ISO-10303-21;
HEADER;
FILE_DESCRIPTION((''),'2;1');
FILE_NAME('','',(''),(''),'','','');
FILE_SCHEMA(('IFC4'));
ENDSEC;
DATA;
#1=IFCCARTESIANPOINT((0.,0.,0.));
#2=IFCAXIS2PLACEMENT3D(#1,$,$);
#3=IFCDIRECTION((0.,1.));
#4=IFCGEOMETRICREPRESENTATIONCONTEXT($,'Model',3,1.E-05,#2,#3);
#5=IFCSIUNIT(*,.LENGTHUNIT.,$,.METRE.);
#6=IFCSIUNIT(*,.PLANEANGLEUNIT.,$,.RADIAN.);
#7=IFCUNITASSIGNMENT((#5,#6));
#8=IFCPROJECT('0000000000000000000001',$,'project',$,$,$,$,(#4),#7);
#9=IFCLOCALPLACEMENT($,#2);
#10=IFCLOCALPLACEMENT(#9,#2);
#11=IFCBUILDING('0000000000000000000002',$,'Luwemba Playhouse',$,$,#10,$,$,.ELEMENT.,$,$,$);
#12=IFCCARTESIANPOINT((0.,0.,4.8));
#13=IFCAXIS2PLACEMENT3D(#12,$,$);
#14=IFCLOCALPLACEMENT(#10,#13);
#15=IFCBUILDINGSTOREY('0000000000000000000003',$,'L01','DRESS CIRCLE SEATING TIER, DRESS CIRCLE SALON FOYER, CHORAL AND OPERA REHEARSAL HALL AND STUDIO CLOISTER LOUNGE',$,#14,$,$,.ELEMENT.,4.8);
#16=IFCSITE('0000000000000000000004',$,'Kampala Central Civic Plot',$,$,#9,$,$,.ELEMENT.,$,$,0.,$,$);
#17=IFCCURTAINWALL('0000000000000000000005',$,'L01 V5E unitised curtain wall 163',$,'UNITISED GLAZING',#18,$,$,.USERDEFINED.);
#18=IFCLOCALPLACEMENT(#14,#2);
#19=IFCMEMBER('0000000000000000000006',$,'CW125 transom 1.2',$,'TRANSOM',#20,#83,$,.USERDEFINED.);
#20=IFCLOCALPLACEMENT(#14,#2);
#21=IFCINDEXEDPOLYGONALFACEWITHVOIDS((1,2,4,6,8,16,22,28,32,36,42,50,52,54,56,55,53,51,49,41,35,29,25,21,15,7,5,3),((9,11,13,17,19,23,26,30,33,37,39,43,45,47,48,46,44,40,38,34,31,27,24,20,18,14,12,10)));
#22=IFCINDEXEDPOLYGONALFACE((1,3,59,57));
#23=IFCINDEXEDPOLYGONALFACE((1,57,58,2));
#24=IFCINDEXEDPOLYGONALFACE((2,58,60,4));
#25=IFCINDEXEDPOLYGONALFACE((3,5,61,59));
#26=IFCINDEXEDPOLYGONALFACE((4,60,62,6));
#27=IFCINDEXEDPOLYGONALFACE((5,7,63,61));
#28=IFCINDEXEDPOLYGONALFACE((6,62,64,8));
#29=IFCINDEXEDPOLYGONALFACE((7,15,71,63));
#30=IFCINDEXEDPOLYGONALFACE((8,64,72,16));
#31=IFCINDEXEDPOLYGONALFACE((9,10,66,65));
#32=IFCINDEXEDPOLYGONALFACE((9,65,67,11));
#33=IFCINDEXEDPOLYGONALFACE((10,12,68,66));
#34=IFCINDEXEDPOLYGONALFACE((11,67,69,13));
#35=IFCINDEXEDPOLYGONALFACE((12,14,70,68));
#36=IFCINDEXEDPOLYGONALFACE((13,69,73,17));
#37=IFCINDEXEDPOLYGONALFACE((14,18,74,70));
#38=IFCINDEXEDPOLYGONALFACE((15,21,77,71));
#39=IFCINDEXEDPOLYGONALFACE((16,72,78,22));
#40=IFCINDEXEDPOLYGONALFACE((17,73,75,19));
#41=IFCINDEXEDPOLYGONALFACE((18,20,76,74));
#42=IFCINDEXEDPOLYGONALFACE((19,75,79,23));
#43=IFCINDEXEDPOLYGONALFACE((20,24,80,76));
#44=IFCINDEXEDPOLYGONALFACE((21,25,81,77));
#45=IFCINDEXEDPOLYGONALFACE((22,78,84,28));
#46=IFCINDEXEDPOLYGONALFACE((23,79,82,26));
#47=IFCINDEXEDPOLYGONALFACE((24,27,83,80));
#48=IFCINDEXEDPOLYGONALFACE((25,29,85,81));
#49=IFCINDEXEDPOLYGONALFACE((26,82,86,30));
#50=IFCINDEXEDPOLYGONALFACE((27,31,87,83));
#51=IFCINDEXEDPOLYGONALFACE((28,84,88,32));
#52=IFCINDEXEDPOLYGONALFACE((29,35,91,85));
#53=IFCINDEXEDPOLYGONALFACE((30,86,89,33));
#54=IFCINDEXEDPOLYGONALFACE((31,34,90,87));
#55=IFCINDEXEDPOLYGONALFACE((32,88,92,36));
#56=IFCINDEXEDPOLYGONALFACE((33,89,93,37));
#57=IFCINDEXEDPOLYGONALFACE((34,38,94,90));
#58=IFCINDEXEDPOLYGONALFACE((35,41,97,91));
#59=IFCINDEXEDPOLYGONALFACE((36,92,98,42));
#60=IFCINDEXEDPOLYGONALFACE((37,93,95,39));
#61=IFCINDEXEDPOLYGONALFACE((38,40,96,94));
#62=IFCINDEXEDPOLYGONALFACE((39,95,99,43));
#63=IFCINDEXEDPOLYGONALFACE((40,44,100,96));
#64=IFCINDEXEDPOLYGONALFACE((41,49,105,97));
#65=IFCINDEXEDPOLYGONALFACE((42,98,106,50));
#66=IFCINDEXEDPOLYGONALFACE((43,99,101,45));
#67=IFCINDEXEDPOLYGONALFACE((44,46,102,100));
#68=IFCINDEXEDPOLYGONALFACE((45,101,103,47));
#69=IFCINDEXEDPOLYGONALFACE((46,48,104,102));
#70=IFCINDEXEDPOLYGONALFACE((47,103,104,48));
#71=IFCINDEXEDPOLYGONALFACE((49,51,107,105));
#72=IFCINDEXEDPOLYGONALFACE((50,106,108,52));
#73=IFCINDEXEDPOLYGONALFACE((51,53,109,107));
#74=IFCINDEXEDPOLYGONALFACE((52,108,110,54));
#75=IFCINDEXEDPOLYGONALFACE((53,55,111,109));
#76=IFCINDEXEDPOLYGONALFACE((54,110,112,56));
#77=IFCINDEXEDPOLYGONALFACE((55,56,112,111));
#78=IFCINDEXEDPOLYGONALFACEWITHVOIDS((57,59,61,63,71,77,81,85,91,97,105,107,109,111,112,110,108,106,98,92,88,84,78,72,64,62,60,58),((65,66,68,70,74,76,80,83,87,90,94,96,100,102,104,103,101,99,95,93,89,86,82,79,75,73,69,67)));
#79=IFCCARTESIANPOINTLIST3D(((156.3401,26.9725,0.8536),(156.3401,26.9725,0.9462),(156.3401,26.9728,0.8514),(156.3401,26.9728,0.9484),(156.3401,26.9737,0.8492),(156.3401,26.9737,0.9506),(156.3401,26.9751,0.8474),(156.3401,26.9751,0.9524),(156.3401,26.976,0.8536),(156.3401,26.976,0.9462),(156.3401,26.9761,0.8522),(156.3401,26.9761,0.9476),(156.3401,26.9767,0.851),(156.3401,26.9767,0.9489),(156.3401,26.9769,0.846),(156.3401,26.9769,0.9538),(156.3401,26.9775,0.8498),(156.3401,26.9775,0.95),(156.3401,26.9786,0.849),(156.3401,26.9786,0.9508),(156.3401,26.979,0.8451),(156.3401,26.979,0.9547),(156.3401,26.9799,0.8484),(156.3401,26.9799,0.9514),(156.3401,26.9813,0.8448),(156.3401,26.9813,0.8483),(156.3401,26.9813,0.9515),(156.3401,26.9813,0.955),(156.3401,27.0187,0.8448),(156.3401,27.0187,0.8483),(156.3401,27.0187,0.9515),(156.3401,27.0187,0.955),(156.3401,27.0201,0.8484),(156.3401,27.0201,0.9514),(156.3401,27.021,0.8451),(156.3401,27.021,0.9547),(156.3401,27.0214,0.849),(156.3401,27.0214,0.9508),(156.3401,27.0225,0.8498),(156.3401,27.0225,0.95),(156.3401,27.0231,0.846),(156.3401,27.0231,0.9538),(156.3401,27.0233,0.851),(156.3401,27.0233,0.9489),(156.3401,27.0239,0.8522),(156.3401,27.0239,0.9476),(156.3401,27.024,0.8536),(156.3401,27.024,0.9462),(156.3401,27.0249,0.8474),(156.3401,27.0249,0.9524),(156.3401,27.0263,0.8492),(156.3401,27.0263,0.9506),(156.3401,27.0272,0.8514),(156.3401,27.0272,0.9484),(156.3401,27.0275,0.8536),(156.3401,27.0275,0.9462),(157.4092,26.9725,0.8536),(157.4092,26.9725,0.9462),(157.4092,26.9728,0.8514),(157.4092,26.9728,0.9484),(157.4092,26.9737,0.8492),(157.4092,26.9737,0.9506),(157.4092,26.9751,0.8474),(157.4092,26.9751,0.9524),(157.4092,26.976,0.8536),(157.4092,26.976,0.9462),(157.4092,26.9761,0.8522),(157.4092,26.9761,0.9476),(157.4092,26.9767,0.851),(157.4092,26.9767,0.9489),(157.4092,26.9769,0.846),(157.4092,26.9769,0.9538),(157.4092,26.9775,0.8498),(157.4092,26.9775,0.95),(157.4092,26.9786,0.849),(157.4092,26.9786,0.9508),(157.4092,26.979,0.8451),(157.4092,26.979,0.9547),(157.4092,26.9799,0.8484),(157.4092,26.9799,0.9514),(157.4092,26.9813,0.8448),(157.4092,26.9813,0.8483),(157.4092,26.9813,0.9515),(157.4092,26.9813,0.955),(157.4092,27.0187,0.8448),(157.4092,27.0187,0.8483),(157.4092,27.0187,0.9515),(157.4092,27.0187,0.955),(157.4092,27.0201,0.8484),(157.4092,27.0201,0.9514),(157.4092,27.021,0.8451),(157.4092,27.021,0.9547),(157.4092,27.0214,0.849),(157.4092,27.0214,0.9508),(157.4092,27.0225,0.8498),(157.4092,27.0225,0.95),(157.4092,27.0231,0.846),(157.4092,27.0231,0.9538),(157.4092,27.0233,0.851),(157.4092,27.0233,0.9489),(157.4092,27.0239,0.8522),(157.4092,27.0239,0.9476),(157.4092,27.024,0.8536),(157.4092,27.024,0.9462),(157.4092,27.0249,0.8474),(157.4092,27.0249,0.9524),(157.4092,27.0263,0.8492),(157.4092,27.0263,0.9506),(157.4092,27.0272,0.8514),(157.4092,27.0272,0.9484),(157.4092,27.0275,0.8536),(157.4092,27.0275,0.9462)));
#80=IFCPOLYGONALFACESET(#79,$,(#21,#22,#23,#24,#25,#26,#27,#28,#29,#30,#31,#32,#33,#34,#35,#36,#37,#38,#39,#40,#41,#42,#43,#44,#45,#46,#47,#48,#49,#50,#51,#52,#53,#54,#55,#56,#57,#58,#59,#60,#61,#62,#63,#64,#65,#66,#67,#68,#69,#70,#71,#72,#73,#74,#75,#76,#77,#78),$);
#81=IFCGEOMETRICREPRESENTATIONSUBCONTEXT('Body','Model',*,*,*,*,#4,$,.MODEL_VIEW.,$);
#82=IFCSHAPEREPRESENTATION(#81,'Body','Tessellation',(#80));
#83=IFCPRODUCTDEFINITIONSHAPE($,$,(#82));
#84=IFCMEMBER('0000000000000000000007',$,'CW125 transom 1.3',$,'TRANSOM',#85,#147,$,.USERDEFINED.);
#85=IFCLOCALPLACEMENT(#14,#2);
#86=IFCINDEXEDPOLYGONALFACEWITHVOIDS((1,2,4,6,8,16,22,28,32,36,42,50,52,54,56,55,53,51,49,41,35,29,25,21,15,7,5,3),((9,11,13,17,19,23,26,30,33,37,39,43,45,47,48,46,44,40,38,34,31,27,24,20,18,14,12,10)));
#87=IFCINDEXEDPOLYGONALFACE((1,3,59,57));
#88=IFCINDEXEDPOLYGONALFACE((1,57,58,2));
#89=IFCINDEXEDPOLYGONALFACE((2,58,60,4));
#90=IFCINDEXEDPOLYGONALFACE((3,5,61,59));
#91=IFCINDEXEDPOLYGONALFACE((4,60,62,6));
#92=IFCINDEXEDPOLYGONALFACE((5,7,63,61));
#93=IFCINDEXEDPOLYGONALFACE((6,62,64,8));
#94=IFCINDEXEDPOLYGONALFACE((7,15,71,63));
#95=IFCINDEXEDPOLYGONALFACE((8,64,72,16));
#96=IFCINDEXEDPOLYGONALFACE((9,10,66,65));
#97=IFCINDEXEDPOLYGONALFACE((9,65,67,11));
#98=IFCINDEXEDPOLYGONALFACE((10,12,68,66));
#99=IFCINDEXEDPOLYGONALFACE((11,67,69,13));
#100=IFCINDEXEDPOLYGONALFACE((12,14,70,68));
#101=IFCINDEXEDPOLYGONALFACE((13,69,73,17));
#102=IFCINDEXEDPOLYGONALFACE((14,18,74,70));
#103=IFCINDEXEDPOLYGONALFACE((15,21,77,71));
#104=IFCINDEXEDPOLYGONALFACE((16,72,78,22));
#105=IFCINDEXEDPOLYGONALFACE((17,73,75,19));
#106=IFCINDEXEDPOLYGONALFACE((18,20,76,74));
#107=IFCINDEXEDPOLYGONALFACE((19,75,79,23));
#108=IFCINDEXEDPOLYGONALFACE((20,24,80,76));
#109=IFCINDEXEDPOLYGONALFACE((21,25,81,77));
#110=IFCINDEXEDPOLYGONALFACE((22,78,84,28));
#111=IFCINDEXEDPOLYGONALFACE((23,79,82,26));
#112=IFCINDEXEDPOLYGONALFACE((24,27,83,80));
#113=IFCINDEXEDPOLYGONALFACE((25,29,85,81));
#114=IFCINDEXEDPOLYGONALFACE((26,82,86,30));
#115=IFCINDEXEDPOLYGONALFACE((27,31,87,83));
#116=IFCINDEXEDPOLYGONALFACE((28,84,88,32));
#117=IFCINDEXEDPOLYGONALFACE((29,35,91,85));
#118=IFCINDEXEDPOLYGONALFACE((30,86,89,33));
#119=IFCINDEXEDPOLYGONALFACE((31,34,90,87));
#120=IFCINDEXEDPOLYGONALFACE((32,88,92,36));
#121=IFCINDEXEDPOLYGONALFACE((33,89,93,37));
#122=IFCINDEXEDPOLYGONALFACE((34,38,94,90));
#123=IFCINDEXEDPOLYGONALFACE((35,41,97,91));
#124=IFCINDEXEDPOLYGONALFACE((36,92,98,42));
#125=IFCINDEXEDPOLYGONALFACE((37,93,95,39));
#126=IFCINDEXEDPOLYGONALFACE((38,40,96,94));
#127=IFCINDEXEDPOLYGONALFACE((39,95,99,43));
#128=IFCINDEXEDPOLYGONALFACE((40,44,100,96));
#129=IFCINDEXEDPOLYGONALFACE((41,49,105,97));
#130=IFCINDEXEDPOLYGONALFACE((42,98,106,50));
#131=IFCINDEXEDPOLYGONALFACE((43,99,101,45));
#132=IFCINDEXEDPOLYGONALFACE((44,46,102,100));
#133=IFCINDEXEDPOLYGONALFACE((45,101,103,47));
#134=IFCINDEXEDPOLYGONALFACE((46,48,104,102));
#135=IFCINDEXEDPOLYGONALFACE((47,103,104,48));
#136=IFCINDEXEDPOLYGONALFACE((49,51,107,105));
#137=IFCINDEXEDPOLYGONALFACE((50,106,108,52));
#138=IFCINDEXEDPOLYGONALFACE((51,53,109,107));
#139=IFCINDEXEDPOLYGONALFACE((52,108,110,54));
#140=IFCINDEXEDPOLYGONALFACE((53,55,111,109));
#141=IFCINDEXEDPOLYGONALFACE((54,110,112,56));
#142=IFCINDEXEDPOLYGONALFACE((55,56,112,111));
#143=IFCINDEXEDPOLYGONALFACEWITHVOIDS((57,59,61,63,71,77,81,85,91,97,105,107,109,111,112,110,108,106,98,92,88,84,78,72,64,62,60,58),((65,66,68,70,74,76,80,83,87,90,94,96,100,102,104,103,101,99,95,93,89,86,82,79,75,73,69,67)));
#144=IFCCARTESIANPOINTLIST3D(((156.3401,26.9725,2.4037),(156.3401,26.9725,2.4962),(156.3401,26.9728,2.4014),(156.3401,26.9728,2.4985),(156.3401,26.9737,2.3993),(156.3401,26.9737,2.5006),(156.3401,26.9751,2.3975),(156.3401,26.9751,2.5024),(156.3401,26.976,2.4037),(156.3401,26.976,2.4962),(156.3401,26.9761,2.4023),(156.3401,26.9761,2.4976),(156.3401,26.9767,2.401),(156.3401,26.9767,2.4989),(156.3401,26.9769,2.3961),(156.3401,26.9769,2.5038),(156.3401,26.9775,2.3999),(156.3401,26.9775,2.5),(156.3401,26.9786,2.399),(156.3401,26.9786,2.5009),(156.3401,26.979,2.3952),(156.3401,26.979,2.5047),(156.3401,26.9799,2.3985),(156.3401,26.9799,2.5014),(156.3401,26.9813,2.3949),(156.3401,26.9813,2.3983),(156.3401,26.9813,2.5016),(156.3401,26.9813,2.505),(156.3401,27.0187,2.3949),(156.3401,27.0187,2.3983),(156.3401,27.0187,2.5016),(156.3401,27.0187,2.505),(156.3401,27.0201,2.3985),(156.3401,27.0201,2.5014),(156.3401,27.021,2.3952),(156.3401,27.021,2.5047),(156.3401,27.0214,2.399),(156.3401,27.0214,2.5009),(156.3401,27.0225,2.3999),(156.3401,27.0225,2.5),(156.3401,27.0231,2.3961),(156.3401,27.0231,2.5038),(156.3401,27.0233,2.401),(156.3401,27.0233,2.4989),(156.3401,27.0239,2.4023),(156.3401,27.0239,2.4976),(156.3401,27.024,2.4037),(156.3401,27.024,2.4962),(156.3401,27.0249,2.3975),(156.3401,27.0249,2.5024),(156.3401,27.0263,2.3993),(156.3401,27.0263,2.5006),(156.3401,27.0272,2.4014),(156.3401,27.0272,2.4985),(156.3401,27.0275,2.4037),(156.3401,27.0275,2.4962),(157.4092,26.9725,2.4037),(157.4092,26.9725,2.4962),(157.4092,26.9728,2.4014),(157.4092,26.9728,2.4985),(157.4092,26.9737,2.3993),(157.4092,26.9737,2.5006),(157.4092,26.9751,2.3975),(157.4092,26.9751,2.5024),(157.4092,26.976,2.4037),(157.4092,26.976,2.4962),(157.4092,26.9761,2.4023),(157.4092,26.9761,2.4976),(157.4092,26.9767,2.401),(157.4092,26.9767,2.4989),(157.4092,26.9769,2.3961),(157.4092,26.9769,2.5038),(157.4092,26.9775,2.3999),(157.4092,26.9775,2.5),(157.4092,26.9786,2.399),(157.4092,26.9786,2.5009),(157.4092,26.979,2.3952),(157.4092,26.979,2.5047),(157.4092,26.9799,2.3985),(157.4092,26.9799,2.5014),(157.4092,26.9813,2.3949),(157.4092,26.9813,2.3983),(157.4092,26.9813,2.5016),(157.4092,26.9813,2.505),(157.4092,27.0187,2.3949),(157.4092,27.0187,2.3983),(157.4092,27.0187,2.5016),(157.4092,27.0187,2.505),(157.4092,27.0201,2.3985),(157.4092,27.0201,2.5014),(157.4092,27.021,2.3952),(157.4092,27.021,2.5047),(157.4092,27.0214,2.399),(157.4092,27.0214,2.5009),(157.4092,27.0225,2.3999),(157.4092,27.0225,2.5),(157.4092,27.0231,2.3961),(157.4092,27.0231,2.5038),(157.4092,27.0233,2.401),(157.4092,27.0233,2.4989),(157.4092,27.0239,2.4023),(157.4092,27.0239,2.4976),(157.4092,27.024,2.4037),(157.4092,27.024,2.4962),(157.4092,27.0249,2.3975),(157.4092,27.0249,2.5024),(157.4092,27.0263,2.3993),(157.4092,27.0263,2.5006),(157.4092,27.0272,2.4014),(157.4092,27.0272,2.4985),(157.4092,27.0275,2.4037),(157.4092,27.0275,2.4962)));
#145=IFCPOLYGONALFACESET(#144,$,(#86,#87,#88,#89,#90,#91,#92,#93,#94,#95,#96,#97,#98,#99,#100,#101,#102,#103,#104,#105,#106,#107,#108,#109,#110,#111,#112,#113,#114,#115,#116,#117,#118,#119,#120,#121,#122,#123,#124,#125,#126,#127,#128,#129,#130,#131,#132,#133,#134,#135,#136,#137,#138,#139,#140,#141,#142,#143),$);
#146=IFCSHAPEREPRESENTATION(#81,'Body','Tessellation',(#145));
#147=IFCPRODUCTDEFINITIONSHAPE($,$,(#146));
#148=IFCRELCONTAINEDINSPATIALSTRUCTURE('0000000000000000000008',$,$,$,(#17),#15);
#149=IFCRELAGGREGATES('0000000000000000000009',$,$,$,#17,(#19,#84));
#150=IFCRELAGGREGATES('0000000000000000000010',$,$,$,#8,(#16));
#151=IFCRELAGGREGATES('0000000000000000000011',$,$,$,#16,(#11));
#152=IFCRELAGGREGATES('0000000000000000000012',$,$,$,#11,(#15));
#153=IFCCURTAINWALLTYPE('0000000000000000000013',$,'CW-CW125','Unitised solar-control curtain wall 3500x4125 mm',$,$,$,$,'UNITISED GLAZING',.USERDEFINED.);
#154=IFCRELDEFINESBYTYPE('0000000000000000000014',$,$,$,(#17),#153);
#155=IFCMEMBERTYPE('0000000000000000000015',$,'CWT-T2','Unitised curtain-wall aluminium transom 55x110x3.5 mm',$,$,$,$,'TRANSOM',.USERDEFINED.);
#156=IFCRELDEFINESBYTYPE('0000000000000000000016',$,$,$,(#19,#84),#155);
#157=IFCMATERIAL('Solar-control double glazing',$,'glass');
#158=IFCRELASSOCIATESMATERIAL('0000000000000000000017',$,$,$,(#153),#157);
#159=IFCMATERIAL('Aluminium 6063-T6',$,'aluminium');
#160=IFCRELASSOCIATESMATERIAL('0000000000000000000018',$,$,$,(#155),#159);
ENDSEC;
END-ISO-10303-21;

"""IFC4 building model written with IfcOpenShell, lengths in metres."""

from ifc_helpers import new_model, si_unit, direction, frame, origin, origin_2d, place, context, subcontext, project, spatial, hollow_rectangle, extrude, material, material_profile, profile_set, type_object, element, aggregate, save


model = new_model("IFC4")

# Units and contexts
model_context = context("Model", 3, precision=1e-05, world=origin(), true_north=direction((0.0, 1.0)))
body_context = subcontext(model_context, "Body", "Model", "MODEL_VIEW")
ifc_project = project(units=[si_unit("LENGTHUNIT", "METRE"), si_unit("PLANEANGLEUNIT", "RADIAN")], contexts=[model_context])

# Site, building, storey
site_placement = place(None, origin())
site = spatial("IfcSite", under=ifc_project, at=site_placement, Name="Kampala Central Civic Plot", CompositionType="ELEMENT", RefElevation=0.0)
building_placement = place(site_placement, origin())
building = spatial("IfcBuilding", under=site, at=building_placement, Name="Luwemba Playhouse", CompositionType="ELEMENT")
storey_placement = place(building_placement, frame((0.0, 0.0, 4.8)))
storey = spatial("IfcBuildingStorey", under=building, at=storey_placement, Name="L01", Description="DRESS CIRCLE SEATING TIER, DRESS CIRCLE SALON FOYER, CHORAL AND OPERA REHEARSAL HALL AND STUDIO CLOISTER LOUNGE", CompositionType="ELEMENT", Elevation=4.8)

# Shared definitions
ifc_material_1 = material(Name="Solar-control double glazing", Category="glass")
ifc_material_2 = material(Name="Aluminium 6063-T6", Category="aluminium")

# Curtain wall
curtain_wall_type_1 = type_object("IfcCurtainWallType", Name="CW-CW125", Description="Unitised solar-control curtain wall 3500x4125 mm", ElementType="UNITISED GLAZING", PredefinedType="USERDEFINED", material=ifc_material_1)
curtain_wall_1_placement = place(storey_placement, origin())
curtain_wall_1 = element("IfcCurtainWall", 1, at=curtain_wall_1_placement, inside=storey, type_object=curtain_wall_type_1, Name="L01 V5E unitised curtain wall 163", ObjectType="UNITISED GLAZING", PredefinedType="USERDEFINED")

# Members
ifc_material_profile_1 = material_profile(ifc_material_2, hollow_rectangle(XDim=0.0549, YDim=0.1101, WallThickness=0.0034, InnerFilletRadius=0.0054, OuterFilletRadius=0.0088, at=origin_2d()))
ifc_profile_set_1 = profile_set([ifc_material_profile_1], Name="Aluminium 6063-T6")
member_type_1 = type_object("IfcMemberType", Name="CWT-T2", Description="Unitised curtain-wall aluminium transom 55x110x3.5 mm", ElementType="TRANSOM", PredefinedType="USERDEFINED", material=ifc_profile_set_1)
member_1_placement = place(storey_placement, frame((156.3401, 27.0, 0.8999), z_axis=(1.0, 0.0, 0.0), x_axis=(0.0, 1.0, 0.0)))
member_1 = element("IfcMember", 2, at=member_1_placement, type_object=member_type_1, Name="CW125 transom 1.2", ObjectType="TRANSOM", PredefinedType="USERDEFINED", context=body_context, shape_type="SweptSolid", body=[
    extrude(hollow_rectangle(XDim=0.0549, YDim=0.1101, WallThickness=0.0034, InnerFilletRadius=0.0054, OuterFilletRadius=0.0088, at=origin_2d()), origin(), (0.0, 0.0, 1.0), 1.0691),
])
member_2_placement = place(storey_placement, frame((156.3401, 27.0, 2.45), z_axis=(1.0, 0.0, 0.0), x_axis=(0.0, 1.0, 0.0)))
member_2 = element("IfcMember", 3, at=member_2_placement, type_object=member_type_1, Name="CW125 transom 1.3", ObjectType="TRANSOM", PredefinedType="USERDEFINED", context=body_context, shape_type="SweptSolid", body=[
    extrude(hollow_rectangle(XDim=0.0549, YDim=0.1101, WallThickness=0.0034, InnerFilletRadius=0.0054, OuterFilletRadius=0.0088, at=origin_2d()), origin(), (0.0, 0.0, 1.0), 1.0691),
])

aggregate(curtain_wall_1, [member_1, member_2])

save(model, "model.ifc")
